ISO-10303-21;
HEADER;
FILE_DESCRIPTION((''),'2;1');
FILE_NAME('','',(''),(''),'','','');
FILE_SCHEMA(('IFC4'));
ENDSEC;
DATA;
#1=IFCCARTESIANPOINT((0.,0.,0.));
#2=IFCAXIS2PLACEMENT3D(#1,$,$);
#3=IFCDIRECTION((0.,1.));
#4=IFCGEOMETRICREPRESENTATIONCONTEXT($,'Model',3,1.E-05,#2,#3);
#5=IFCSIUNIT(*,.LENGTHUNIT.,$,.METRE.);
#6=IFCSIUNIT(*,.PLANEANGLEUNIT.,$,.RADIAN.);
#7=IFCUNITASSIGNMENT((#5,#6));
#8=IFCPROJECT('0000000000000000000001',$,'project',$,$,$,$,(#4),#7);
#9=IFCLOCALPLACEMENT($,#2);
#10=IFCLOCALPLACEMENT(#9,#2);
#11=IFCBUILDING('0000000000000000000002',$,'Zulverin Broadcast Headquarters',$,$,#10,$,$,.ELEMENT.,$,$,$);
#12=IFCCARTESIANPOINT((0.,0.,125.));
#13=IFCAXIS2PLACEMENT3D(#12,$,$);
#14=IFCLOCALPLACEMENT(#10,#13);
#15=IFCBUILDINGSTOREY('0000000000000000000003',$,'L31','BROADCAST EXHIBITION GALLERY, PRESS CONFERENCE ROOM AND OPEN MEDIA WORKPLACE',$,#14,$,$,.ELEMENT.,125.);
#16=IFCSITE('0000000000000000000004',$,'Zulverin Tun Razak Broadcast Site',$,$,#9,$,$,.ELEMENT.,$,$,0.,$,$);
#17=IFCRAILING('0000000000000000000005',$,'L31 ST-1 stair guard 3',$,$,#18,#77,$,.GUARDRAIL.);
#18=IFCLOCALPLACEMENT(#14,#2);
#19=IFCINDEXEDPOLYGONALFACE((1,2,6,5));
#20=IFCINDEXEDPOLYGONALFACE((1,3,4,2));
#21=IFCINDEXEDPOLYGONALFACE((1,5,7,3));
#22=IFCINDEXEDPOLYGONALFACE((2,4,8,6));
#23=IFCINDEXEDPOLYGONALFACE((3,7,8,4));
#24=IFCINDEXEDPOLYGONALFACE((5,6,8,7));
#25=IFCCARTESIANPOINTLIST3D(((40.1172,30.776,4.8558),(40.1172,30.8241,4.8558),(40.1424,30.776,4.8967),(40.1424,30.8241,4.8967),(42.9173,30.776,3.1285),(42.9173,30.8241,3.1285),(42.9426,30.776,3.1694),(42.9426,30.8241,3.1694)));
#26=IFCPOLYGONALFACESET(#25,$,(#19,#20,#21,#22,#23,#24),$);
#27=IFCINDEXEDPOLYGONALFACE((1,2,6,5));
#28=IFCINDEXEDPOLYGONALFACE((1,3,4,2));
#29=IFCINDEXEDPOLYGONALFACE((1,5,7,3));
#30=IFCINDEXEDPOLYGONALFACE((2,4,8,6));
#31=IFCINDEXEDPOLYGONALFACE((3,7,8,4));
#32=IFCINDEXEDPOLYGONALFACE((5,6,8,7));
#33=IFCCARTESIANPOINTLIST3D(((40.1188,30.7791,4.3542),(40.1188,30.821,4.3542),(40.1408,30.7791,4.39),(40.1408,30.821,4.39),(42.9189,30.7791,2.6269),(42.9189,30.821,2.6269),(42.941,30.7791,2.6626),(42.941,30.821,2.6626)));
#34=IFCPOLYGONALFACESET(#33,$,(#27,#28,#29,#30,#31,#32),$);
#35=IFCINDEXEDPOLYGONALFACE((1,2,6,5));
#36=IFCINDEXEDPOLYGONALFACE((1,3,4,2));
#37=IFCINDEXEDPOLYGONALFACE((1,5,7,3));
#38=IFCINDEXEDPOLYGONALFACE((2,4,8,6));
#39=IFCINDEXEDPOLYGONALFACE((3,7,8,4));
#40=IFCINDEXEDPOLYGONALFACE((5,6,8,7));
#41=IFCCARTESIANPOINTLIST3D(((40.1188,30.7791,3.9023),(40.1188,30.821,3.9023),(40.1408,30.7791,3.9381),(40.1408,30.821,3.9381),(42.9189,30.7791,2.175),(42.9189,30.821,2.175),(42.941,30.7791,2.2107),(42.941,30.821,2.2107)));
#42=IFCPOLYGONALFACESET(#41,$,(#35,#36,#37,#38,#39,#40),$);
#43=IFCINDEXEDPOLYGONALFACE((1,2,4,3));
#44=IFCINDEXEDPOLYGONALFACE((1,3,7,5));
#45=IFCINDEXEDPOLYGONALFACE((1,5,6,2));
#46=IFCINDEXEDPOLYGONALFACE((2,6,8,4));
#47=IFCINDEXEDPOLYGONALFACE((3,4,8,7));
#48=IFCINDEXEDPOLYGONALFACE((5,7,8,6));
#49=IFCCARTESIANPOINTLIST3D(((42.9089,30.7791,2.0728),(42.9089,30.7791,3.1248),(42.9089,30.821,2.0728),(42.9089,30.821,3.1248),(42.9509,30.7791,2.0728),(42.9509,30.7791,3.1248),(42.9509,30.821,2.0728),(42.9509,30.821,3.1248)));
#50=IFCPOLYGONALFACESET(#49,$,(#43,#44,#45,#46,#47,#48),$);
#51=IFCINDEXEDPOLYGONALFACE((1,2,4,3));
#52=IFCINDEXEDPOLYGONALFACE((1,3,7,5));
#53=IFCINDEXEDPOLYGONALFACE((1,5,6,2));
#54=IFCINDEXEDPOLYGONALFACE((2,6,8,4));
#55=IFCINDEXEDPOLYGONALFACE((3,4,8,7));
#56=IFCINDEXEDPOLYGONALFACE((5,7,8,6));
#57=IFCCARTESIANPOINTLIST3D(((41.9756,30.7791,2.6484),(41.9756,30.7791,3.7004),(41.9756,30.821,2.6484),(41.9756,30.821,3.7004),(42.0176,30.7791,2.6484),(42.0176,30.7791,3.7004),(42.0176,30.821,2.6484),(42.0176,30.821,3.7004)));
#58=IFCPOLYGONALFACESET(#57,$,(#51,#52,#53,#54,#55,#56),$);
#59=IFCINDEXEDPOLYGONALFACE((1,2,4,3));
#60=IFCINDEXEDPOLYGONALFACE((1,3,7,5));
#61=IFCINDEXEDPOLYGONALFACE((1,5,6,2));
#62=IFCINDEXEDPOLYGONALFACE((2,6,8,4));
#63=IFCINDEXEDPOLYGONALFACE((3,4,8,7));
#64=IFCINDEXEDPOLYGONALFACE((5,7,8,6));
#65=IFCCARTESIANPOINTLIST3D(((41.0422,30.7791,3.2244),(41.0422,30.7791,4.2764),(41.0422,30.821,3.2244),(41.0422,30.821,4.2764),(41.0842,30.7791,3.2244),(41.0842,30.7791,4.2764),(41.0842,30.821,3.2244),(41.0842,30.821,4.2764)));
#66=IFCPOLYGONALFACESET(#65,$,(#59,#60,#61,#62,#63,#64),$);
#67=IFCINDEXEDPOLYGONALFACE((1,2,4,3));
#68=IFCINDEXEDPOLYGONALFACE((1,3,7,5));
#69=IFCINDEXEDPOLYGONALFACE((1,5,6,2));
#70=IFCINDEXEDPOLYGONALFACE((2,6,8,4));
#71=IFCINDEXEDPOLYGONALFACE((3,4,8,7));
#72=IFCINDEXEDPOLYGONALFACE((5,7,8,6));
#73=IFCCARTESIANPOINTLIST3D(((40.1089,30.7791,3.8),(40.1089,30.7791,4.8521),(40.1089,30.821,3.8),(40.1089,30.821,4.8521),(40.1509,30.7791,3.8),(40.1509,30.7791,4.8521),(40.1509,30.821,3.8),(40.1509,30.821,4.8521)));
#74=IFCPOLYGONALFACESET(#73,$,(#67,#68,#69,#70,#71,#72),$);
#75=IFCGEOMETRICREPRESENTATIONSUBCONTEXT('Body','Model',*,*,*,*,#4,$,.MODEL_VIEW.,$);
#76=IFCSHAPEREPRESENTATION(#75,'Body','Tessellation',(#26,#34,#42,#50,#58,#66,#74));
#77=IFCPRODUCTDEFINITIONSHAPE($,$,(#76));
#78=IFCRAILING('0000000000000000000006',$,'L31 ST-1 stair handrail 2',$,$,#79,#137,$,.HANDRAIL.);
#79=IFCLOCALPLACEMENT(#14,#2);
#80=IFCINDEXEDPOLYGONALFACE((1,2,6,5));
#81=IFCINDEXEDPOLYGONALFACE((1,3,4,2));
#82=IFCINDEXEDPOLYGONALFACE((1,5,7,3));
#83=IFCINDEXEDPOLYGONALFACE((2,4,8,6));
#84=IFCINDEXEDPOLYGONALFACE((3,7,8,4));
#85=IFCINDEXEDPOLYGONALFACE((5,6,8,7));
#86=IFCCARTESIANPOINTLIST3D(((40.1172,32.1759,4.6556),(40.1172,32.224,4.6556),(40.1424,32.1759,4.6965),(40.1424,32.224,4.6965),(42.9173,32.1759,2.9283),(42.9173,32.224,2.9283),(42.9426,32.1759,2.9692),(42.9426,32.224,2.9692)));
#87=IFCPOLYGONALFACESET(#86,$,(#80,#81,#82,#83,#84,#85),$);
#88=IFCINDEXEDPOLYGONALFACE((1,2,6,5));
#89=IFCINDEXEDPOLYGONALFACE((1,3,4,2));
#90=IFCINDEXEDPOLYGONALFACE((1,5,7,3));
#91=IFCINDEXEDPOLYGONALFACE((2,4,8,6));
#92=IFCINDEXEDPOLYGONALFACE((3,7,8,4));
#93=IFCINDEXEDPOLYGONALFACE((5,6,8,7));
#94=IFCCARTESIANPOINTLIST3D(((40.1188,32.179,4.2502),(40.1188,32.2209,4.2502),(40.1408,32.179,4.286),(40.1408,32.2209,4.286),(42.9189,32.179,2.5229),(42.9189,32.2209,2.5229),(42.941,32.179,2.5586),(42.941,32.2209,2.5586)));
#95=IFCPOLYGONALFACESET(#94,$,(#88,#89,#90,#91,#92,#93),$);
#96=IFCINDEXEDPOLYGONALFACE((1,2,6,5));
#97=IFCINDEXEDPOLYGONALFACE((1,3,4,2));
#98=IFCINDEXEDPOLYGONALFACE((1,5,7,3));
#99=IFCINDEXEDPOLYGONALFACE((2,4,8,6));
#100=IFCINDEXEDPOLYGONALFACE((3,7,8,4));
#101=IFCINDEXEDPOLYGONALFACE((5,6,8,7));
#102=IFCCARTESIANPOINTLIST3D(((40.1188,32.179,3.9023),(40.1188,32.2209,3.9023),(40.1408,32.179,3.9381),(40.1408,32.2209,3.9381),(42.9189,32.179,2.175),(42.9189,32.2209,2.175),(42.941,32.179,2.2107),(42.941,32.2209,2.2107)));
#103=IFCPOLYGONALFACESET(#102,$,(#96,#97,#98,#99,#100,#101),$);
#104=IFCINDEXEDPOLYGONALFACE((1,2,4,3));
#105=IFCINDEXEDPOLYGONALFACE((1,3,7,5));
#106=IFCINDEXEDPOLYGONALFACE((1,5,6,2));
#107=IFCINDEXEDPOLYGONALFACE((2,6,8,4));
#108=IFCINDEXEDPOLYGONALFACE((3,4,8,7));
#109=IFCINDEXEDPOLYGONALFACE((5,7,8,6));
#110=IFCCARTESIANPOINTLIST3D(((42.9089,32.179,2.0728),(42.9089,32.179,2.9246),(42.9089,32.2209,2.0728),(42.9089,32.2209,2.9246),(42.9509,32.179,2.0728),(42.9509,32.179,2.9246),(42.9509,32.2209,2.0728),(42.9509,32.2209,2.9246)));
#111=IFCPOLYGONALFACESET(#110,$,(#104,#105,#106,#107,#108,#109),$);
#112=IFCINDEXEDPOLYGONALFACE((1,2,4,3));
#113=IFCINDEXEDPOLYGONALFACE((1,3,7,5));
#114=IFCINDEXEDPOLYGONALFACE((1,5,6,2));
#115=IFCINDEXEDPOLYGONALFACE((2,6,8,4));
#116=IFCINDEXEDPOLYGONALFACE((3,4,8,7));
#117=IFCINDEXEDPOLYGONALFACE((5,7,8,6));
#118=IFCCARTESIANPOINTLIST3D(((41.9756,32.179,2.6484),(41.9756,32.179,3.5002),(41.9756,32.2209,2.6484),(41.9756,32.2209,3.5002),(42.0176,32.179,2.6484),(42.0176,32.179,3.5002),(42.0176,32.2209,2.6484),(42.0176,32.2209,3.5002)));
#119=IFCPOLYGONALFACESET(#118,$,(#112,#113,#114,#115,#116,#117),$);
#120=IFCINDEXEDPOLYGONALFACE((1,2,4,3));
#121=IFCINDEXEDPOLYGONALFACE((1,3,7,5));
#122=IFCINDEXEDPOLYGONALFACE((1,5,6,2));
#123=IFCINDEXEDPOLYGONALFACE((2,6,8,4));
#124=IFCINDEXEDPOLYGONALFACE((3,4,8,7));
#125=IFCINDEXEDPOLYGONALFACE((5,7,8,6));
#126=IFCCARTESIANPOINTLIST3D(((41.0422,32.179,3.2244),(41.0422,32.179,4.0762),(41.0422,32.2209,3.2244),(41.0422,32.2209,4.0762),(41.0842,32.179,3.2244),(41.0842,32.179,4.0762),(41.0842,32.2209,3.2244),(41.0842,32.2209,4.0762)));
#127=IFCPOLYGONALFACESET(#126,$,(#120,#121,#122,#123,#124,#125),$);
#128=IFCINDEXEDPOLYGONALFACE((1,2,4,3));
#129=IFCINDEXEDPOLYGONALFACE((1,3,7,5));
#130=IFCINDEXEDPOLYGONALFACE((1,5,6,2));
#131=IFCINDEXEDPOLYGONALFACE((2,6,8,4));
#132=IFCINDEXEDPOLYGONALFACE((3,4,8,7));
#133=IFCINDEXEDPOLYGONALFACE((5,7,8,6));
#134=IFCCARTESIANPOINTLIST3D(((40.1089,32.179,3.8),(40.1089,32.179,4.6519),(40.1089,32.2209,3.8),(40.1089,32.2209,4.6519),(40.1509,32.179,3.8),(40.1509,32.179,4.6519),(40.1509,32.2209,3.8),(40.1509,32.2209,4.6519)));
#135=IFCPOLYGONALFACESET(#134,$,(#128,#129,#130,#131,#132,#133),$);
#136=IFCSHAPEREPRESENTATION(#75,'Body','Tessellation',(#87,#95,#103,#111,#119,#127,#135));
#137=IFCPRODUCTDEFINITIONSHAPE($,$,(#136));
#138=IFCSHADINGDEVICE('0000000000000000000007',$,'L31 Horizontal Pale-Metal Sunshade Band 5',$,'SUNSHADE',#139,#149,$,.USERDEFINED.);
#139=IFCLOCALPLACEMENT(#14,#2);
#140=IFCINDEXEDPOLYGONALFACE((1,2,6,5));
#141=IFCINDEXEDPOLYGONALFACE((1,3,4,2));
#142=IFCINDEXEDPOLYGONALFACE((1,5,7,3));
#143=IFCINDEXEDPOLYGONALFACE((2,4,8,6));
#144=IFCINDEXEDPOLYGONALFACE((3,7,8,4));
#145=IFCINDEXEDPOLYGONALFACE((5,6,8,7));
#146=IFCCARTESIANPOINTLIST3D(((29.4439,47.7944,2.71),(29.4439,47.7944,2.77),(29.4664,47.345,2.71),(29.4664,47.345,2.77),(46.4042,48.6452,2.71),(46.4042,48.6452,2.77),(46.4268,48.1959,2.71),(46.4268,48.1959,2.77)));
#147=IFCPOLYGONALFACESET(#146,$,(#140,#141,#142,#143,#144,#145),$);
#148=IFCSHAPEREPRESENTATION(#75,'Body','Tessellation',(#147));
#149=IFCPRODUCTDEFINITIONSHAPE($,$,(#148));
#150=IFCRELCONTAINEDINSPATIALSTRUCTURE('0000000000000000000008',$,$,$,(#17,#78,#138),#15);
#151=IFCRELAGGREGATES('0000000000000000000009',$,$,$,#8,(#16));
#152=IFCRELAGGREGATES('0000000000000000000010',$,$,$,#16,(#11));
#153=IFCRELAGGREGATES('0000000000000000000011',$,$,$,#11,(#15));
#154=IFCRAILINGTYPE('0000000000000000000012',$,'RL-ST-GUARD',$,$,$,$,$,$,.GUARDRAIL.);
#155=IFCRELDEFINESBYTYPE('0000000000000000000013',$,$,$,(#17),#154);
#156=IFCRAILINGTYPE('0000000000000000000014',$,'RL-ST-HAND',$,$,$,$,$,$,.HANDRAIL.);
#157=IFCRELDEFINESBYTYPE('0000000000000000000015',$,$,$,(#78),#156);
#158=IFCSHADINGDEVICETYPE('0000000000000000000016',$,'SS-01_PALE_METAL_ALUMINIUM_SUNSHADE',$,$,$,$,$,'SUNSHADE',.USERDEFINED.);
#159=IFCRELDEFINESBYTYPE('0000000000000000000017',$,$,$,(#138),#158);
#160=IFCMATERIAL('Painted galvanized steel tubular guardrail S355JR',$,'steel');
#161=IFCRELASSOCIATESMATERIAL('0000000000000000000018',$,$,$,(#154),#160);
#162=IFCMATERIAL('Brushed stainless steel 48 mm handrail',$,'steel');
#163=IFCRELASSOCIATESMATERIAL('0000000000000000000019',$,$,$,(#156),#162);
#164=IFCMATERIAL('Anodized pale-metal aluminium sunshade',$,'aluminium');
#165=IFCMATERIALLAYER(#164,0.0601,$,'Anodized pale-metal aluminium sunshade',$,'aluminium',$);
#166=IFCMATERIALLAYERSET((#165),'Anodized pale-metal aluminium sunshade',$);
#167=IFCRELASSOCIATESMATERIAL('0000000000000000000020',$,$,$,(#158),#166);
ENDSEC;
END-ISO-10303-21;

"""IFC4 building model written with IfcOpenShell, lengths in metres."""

from ifc_helpers import new_model, si_unit, direction, frame, origin, origin_2d, place, context, subcontext, project, spatial, rectangle, extrude, material, layer, layer_set, type_object, element, save


model = new_model("IFC4")

# Units and contexts
model_context = context("Model", 3, precision=1e-05, world=origin(), true_north=direction((0.0, 1.0)))
body_context = subcontext(model_context, "Body", "Model", "MODEL_VIEW")
ifc_project = project(units=[si_unit("LENGTHUNIT", "METRE"), si_unit("PLANEANGLEUNIT", "RADIAN")], contexts=[model_context])

# Site, building, storey
site_placement = place(None, origin())
site = spatial("IfcSite", under=ifc_project, at=site_placement, Name="Zulverin Tun Razak Broadcast Site", CompositionType="ELEMENT", RefElevation=0.0)
building_placement = place(site_placement, origin())
building = spatial("IfcBuilding", under=site, at=building_placement, Name="Zulverin Broadcast Headquarters", CompositionType="ELEMENT")
storey_placement = place(building_placement, frame((0.0, 0.0, 125.0)))
storey = spatial("IfcBuildingStorey", under=building, at=storey_placement, Name="L31", Description="BROADCAST EXHIBITION GALLERY, PRESS CONFERENCE ROOM AND OPEN MEDIA WORKPLACE", CompositionType="ELEMENT", Elevation=125.0)

# Railings
ifc_material_1 = material(Name="Painted galvanized steel tubular guardrail S355JR", Category="steel")
railing_type_1 = type_object("IfcRailingType", Name="RL-ST-GUARD", PredefinedType="GUARDRAIL", material=ifc_material_1)
railing_1_placement = place(storey_placement, frame((42.9299, 30.8, 2.0728)))
element("IfcRailing", 1, at=railing_1_placement, inside=storey, type_object=railing_type_1, Name="L31 ST-1 stair guard 3", PredefinedType="GUARDRAIL", context=body_context, shape_type="SweptSolid", body=[
    extrude(rectangle(XDim=0.0481, YDim=0.0481, at=origin_2d()), frame((0.0, 0.0, 1.0762), z_axis=(-0.85109, 0.0, 0.52502), x_axis=(0.0, -1.0, 0.0)), (0.0, 0.0, 1.0), 3.29),
    extrude(rectangle(XDim=0.042, YDim=0.042, at=origin_2d()), frame((0.0, 0.0, 0.572), z_axis=(-0.85109, 0.0, 0.52502), x_axis=(0.0, -1.0, 0.0)), (0.0, 0.0, 1.0), 3.29),
    extrude(rectangle(XDim=0.042, YDim=0.042, at=origin_2d()), frame((0.0, 0.0, 0.1201), z_axis=(-0.85109, 0.0, 0.52502), x_axis=(0.0, -1.0, 0.0)), (0.0, 0.0, 1.0), 3.29),
    extrude(rectangle(XDim=0.042, YDim=0.042, at=origin_2d()), origin(), (0.0, 0.0, 1.0), 1.052),
    extrude(rectangle(XDim=0.042, YDim=0.042, at=origin_2d()), frame((-0.9333, 0.0, 0.5757)), (0.0, 0.0, 1.0), 1.052),
    extrude(rectangle(XDim=0.042, YDim=0.042, at=origin_2d()), frame((-1.8667, 0.0, 1.1516)), (0.0, 0.0, 1.0), 1.052),
    extrude(rectangle(XDim=0.042, YDim=0.042, at=origin_2d()), frame((-2.8, 0.0, 1.7273)), (0.0, 0.0, 1.0), 1.052),
])
ifc_material_2 = material(Name="Brushed stainless steel 48 mm handrail", Category="steel")
railing_type_2 = type_object("IfcRailingType", Name="RL-ST-HAND", PredefinedType="HANDRAIL", material=ifc_material_2)
railing_2_placement = place(storey_placement, frame((42.9299, 32.2, 2.0728)))
element("IfcRailing", 2, at=railing_2_placement, inside=storey, type_object=railing_type_2, Name="L31 ST-1 stair handrail 2", PredefinedType="HANDRAIL", context=body_context, shape_type="SweptSolid", body=[
    extrude(rectangle(XDim=0.0481, YDim=0.0481, at=origin_2d()), frame((0.0, 0.0, 0.876), z_axis=(-0.85109, 0.0, 0.52502), x_axis=(0.0, -1.0, 0.0)), (0.0, 0.0, 1.0), 3.29),
    extrude(rectangle(XDim=0.042, YDim=0.042, at=origin_2d()), frame((0.0, 0.0, 0.468), z_axis=(-0.85109, 0.0, 0.52502), x_axis=(0.0, -1.0, 0.0)), (0.0, 0.0, 1.0), 3.29),
    extrude(rectangle(XDim=0.042, YDim=0.042, at=origin_2d()), frame((0.0, 0.0, 0.1201), z_axis=(-0.85109, 0.0, 0.52502), x_axis=(0.0, -1.0, 0.0)), (0.0, 0.0, 1.0), 3.29),
    extrude(rectangle(XDim=0.042, YDim=0.042, at=origin_2d()), origin(), (0.0, 0.0, 1.0), 0.8518),
    extrude(rectangle(XDim=0.042, YDim=0.042, at=origin_2d()), frame((-0.9333, 0.0, 0.5757)), (0.0, 0.0, 1.0), 0.8518),
    extrude(rectangle(XDim=0.042, YDim=0.042, at=origin_2d()), frame((-1.8667, 0.0, 1.1516)), (0.0, 0.0, 1.0), 0.8518),
    extrude(rectangle(XDim=0.042, YDim=0.042, at=origin_2d()), frame((-2.8, 0.0, 1.7273)), (0.0, 0.0, 1.0), 0.8518),
])

# Shading device
ifc_material_3 = material(Name="Anodized pale-metal aluminium sunshade", Category="aluminium")
ifc_layer_1 = layer(ifc_material_3, 0.0601, Name="Anodized pale-metal aluminium sunshade", Category="aluminium")
ifc_layer_set_1 = layer_set([ifc_layer_1], Name="Anodized pale-metal aluminium sunshade")
shading_device_type = type_object("IfcShadingDeviceType", Name="SS-01_PALE_METAL_ALUMINIUM_SUNSHADE", ElementType="SUNSHADE", PredefinedType="USERDEFINED", material=ifc_layer_set_1)
shading_device_placement = place(storey_placement, frame((37.9353, 47.9951, 2.71), z_axis=(0.0, 0.0, 1.0), x_axis=(-0.998744, -0.050105, 0.0)))
element("IfcShadingDevice", 3, at=shading_device_placement, inside=storey, type_object=shading_device_type, Name="L31 Horizontal Pale-Metal Sunshade Band 5", ObjectType="SUNSHADE", PredefinedType="USERDEFINED", context=body_context, shape_type="SweptSolid", body=[
    extrude(rectangle(XDim=16.9817, YDim=0.45, at=origin_2d()), origin(), (0.0, 0.0, 1.0), 0.0601),
])

save(model, "model.ifc")
